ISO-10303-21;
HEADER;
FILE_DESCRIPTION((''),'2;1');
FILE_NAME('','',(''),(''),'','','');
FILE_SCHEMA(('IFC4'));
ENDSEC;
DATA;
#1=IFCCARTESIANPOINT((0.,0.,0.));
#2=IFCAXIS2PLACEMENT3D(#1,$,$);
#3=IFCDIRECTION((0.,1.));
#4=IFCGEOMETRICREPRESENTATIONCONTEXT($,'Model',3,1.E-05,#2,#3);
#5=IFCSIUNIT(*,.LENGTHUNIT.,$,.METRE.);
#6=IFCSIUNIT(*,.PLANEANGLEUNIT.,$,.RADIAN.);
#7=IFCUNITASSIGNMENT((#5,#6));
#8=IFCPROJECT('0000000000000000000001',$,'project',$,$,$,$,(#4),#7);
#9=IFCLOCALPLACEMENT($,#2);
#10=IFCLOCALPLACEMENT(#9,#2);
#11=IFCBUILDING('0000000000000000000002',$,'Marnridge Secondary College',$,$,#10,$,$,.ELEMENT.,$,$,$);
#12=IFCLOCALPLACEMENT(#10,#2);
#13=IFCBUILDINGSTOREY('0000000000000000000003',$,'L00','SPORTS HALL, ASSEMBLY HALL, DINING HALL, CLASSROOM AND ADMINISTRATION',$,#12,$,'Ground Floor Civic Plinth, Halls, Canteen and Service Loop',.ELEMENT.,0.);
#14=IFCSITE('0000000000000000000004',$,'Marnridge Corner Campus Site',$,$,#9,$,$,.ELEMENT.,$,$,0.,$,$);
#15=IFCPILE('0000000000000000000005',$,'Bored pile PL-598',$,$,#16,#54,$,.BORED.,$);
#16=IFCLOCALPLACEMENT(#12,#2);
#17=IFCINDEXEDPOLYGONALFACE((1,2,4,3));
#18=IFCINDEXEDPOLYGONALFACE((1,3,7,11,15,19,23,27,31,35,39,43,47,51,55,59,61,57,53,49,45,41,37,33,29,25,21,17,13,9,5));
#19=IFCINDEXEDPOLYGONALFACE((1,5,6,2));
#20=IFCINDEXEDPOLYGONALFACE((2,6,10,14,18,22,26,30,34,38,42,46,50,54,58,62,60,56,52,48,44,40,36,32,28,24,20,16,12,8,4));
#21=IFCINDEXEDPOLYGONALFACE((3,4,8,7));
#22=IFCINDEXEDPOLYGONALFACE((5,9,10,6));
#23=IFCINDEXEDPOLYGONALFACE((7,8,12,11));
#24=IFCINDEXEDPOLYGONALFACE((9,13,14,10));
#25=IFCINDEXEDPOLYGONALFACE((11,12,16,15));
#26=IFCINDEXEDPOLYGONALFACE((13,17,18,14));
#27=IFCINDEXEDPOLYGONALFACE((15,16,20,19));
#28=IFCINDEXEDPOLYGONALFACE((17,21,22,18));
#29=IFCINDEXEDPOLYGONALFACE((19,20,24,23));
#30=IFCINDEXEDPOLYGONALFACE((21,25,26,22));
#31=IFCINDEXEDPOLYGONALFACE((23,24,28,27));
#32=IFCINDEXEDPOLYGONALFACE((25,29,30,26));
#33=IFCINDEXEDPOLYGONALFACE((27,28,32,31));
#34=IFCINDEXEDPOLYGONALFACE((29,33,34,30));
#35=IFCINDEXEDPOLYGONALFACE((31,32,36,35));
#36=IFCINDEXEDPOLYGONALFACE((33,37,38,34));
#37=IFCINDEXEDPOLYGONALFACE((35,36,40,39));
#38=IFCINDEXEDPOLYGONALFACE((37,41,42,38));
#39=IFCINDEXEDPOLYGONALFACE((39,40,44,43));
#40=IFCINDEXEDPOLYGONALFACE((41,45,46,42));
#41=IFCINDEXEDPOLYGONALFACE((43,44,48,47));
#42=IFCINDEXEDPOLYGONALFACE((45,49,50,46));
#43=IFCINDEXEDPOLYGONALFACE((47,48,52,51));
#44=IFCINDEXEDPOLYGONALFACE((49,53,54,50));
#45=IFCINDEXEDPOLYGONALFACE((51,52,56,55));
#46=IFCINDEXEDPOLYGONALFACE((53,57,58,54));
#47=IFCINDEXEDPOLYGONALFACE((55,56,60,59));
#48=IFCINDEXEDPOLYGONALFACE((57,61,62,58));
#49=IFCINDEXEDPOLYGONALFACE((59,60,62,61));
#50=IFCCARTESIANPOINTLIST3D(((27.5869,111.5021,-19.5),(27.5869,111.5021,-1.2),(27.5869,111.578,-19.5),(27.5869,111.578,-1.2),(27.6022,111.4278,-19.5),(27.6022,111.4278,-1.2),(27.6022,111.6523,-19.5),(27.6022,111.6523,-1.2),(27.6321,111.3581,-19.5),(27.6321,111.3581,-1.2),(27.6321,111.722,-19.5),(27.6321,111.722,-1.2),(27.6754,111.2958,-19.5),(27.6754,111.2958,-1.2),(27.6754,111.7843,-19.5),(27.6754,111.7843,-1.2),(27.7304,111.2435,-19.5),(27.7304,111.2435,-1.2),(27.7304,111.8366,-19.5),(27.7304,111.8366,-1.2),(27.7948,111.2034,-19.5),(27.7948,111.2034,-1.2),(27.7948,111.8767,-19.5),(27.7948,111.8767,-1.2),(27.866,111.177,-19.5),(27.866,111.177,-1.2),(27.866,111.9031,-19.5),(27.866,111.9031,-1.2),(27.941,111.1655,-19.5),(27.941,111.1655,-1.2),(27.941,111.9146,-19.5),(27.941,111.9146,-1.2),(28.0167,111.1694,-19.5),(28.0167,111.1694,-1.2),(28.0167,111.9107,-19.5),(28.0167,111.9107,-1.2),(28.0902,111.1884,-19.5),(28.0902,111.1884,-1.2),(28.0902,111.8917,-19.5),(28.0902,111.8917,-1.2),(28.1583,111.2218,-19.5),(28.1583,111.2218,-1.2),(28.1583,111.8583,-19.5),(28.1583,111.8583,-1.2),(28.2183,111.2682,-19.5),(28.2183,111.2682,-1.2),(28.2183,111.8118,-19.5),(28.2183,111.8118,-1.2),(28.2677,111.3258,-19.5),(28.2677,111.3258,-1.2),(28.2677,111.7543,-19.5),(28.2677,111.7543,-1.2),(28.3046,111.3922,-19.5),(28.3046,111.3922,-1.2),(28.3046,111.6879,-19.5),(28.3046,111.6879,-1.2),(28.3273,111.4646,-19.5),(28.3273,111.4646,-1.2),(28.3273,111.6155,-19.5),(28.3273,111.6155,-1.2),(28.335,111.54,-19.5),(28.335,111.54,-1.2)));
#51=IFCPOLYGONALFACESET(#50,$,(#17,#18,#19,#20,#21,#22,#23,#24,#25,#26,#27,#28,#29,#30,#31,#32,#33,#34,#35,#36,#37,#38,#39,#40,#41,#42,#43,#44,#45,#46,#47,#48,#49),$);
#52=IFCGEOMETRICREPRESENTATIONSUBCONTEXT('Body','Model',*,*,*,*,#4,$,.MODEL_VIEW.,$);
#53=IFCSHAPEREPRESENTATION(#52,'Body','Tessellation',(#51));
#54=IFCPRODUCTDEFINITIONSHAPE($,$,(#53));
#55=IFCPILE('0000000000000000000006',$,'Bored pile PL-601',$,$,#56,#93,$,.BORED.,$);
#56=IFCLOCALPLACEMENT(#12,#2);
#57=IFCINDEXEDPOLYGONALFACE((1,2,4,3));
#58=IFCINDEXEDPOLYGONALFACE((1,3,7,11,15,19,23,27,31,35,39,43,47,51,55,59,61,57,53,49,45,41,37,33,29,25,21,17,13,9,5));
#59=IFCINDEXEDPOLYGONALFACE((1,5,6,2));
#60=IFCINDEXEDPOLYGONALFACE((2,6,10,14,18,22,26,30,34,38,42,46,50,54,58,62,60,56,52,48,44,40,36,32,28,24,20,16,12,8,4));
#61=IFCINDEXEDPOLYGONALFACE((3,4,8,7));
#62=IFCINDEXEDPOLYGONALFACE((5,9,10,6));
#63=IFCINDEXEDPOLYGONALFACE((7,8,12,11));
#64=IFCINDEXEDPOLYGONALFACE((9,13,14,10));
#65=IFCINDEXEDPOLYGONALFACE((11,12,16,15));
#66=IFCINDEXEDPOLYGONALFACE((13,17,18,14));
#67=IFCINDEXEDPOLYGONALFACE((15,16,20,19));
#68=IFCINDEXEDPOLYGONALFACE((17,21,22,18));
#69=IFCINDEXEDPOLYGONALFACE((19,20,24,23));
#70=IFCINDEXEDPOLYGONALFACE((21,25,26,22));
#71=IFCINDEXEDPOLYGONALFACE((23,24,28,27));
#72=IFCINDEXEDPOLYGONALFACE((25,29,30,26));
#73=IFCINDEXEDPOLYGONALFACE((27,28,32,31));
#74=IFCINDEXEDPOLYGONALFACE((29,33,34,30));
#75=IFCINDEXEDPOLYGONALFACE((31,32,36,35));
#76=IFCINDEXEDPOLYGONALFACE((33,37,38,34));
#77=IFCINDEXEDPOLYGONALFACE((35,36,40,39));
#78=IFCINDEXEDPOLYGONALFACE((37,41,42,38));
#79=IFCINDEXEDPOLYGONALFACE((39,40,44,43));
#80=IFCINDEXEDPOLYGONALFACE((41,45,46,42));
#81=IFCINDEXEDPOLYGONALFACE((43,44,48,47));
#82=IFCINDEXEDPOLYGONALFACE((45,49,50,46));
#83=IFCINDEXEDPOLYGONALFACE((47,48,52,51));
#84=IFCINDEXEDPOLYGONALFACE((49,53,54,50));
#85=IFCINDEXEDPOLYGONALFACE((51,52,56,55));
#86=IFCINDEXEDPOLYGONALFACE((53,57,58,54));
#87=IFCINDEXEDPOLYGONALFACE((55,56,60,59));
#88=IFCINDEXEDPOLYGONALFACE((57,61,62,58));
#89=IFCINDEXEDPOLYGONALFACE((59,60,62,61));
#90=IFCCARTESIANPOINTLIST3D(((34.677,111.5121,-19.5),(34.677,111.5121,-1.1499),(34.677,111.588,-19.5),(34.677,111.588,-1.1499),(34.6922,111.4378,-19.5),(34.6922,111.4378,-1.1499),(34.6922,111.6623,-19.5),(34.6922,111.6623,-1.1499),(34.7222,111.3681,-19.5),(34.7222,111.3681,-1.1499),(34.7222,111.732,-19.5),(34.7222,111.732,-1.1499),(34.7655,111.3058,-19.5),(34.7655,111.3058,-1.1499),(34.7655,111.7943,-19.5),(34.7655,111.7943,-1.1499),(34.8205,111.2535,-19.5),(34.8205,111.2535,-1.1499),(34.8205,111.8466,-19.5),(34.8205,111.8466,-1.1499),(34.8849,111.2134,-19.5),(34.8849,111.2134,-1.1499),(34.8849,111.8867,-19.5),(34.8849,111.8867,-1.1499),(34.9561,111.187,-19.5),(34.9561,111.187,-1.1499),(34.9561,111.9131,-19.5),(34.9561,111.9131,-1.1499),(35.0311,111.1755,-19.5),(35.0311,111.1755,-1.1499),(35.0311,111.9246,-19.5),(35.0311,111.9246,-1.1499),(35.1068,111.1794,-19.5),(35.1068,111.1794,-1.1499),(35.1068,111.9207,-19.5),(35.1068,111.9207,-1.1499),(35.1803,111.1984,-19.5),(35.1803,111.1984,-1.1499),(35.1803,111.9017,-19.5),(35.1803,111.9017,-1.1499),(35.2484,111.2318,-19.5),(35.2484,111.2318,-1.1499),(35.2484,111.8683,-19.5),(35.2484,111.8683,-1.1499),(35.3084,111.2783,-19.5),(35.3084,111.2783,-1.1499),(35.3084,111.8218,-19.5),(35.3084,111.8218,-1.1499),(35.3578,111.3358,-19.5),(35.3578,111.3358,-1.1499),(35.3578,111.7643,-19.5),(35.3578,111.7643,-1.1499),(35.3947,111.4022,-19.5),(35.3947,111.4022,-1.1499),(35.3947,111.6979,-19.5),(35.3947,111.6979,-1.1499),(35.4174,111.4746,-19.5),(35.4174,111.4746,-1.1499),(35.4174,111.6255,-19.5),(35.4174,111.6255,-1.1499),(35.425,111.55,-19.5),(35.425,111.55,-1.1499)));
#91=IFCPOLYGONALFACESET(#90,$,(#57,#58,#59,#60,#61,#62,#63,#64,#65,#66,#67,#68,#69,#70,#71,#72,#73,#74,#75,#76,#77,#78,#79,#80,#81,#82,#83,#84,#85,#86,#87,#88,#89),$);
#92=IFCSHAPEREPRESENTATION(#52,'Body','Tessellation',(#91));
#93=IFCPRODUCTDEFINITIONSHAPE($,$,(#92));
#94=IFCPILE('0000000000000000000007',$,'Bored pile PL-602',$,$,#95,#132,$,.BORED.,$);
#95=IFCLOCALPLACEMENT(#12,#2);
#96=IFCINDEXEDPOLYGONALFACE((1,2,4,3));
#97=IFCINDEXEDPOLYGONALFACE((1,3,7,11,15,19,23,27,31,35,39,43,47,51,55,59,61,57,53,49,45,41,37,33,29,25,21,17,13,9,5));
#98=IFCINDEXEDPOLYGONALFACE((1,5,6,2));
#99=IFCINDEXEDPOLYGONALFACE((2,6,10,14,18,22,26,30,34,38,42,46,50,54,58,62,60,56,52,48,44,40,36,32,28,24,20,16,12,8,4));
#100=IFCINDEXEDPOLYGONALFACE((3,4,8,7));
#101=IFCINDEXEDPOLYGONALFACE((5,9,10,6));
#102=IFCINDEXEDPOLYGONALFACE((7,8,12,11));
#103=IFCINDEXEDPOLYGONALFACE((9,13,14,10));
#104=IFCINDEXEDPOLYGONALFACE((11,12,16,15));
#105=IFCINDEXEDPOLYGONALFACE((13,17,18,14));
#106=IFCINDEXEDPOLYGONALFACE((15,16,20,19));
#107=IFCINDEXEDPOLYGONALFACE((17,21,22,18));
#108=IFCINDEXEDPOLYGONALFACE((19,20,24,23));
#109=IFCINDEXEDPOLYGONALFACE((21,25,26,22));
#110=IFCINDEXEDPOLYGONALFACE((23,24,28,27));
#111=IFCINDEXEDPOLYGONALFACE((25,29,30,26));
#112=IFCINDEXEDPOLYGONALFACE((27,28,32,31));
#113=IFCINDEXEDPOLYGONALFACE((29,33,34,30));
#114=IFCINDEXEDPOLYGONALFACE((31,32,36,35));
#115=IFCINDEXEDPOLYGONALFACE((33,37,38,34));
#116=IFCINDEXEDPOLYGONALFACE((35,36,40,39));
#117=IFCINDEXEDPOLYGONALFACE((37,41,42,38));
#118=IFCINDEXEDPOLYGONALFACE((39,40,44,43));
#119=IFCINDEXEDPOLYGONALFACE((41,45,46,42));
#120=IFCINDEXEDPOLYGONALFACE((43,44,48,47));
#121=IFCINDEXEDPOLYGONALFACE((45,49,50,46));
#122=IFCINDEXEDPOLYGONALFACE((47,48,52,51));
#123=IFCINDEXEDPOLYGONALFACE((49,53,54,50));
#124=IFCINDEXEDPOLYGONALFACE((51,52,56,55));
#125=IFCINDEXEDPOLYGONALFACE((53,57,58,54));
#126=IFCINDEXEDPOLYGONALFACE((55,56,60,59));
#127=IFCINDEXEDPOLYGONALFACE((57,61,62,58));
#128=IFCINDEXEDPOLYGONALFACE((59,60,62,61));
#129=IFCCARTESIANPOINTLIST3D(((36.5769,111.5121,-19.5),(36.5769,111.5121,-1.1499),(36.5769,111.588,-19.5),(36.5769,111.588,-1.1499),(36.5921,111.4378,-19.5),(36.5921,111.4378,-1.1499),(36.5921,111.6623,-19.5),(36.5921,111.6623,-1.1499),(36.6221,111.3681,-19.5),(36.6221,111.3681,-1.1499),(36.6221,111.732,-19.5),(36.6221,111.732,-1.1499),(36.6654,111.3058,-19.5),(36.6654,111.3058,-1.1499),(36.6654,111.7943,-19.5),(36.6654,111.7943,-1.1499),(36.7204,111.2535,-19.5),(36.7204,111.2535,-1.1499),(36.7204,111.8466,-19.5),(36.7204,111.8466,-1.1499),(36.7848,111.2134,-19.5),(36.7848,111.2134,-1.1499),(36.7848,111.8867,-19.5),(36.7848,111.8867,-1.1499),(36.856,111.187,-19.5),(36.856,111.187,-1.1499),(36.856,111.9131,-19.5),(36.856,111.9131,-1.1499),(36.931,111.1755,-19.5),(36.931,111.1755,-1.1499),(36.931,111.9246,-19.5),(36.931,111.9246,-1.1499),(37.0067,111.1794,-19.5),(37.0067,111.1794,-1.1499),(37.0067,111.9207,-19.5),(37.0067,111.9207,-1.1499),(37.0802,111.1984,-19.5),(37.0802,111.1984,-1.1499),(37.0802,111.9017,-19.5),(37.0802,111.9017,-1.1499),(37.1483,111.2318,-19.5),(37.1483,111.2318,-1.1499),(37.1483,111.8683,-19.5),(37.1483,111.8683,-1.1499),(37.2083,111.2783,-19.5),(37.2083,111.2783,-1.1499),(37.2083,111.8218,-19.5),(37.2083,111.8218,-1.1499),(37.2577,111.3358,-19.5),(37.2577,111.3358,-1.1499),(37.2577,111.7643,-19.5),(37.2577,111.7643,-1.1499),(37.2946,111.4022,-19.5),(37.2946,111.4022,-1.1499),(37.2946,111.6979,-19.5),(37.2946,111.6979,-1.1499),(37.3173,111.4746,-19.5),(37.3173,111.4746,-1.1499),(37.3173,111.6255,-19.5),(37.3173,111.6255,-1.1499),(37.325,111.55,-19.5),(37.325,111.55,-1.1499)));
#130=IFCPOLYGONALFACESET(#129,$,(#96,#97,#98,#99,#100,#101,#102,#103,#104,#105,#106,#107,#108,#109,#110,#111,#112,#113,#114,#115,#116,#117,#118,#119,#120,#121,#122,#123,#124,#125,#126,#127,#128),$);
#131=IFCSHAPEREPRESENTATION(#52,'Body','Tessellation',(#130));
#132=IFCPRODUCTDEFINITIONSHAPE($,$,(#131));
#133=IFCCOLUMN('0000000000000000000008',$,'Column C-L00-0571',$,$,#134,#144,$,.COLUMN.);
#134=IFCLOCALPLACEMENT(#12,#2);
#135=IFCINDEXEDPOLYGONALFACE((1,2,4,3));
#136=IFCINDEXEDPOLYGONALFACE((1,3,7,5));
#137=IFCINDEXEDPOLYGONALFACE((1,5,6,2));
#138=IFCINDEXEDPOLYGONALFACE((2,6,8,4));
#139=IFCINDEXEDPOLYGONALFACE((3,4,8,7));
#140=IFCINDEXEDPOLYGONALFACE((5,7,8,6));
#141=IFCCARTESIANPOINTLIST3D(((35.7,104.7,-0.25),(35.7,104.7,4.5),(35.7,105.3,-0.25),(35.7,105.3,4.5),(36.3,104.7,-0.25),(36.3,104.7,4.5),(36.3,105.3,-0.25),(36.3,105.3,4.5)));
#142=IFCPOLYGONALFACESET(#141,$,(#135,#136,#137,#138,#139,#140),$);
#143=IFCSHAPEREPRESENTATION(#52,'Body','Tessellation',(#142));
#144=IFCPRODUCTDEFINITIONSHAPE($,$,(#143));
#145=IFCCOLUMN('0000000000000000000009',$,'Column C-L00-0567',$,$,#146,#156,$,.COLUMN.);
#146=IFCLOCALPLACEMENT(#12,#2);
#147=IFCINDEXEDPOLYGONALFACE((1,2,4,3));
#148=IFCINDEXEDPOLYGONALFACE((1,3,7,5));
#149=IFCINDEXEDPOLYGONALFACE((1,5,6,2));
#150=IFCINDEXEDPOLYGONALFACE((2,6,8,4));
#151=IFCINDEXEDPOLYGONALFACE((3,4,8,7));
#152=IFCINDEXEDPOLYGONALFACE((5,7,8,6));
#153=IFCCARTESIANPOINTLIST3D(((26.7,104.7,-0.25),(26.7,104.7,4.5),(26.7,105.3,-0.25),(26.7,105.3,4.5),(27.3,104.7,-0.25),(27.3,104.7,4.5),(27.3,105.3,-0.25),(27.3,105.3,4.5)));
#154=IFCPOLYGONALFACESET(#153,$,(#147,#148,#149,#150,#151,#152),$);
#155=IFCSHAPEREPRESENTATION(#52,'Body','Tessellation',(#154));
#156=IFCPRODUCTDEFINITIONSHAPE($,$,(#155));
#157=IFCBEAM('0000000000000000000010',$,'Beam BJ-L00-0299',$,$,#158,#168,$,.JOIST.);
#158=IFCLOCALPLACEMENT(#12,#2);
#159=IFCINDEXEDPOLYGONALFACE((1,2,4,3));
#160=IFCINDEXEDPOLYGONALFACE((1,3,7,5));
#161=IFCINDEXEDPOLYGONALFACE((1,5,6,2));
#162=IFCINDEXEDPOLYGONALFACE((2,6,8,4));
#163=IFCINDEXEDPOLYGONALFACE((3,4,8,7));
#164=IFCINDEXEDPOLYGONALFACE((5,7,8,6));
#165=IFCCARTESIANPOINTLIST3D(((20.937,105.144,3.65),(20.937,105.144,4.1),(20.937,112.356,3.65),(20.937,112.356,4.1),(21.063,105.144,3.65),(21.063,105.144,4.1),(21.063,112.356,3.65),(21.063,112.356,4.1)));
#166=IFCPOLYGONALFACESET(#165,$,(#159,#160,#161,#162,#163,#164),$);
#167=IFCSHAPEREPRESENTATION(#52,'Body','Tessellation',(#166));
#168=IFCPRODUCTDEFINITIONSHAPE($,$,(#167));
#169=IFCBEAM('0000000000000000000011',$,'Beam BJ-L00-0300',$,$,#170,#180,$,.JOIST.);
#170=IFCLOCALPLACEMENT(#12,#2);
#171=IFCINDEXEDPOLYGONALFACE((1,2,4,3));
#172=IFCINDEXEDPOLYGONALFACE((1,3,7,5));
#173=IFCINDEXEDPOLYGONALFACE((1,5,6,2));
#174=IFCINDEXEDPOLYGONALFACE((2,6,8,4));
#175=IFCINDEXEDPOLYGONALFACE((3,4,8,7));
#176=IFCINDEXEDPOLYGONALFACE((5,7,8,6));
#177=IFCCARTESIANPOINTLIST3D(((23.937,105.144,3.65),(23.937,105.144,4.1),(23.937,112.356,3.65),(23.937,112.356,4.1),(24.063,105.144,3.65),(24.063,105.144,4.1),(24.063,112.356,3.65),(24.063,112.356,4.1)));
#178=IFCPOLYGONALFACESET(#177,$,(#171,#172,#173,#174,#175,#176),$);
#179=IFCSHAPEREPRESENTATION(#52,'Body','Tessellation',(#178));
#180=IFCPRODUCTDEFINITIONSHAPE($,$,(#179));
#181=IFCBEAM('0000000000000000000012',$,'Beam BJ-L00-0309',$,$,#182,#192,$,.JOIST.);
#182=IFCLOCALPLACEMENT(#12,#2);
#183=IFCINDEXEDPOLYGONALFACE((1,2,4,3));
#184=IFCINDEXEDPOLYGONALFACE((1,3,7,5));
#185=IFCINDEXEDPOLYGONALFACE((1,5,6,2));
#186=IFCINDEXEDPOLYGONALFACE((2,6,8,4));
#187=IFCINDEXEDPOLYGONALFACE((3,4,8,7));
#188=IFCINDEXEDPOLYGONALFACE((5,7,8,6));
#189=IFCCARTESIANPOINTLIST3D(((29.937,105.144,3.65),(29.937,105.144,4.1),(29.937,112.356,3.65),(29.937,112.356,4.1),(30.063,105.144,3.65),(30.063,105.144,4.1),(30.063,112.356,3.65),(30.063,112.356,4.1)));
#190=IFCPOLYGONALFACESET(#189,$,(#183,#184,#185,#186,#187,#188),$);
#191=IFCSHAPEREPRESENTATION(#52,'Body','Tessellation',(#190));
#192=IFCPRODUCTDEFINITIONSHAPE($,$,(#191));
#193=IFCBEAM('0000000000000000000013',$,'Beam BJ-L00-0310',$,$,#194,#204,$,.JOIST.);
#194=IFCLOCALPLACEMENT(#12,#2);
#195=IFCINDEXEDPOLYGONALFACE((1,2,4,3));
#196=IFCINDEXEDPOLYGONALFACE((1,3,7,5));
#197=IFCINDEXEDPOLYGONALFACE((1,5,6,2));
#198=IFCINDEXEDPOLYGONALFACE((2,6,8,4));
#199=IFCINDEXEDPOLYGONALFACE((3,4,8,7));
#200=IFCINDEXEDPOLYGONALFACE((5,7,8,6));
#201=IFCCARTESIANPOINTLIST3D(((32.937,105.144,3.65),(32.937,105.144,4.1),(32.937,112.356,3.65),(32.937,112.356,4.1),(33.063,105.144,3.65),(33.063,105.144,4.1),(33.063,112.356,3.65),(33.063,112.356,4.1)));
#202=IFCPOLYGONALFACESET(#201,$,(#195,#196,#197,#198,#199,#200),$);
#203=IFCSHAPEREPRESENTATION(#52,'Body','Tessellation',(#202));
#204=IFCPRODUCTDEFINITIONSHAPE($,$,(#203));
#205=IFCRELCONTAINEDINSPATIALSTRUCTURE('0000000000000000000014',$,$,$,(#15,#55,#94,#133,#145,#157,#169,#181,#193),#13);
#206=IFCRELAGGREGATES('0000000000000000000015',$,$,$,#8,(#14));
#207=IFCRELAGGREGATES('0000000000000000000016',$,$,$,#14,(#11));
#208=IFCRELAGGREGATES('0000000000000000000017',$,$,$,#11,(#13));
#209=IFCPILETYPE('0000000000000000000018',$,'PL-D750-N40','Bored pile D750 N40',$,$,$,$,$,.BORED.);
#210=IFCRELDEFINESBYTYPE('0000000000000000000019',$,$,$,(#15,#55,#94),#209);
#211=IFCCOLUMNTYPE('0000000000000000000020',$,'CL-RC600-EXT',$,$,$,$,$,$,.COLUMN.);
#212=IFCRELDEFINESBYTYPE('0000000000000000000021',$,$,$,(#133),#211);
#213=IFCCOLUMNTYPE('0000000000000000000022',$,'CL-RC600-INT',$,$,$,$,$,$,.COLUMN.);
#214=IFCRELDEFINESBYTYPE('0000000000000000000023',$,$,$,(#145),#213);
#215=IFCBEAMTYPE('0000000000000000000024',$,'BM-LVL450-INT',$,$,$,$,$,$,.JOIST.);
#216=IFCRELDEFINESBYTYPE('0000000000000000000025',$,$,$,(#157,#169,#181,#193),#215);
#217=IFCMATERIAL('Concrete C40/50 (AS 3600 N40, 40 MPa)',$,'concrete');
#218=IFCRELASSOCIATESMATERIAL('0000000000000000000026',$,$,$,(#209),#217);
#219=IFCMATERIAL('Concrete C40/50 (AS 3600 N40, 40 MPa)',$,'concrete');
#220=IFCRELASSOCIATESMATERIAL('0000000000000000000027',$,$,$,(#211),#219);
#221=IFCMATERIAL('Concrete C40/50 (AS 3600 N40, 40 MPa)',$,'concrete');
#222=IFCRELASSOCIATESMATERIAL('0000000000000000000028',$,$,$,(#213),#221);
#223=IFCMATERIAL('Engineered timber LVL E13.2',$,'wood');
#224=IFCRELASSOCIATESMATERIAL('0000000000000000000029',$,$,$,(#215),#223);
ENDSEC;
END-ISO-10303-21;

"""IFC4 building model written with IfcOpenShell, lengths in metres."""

from ifc_helpers import new_model, si_unit, direction, frame, origin, origin_2d, place, context, subcontext, project, spatial, rectangle, circle, extrude, material, material_profile, profile_set, type_object, element, save


model = new_model("IFC4")

# Units and contexts
model_context = context("Model", 3, precision=1e-05, world=origin(), true_north=direction((0.0, 1.0)))
body_context = subcontext(model_context, "Body", "Model", "MODEL_VIEW")
ifc_project = project(units=[si_unit("LENGTHUNIT", "METRE"), si_unit("PLANEANGLEUNIT", "RADIAN")], contexts=[model_context])

# Site, building, storey
site_placement = place(None, origin())
site = spatial("IfcSite", under=ifc_project, at=site_placement, Name="Marnridge Corner Campus Site", CompositionType="ELEMENT", RefElevation=0.0)
building_placement = place(site_placement, origin())
building = spatial("IfcBuilding", under=site, at=building_placement, Name="Marnridge Secondary College", CompositionType="ELEMENT")
storey_placement = place(building_placement, origin())
storey = spatial("IfcBuildingStorey", under=building, at=storey_placement, Name="L00", Description="SPORTS HALL, ASSEMBLY HALL, DINING HALL, CLASSROOM AND ADMINISTRATION", LongName="Ground Floor Civic Plinth, Halls, Canteen and Service Loop", CompositionType="ELEMENT", Elevation=0.0)

# Piles
ifc_material_1 = material(Name="Concrete C40/50 (AS 3600 N40, 40 MPa)", Category="concrete")
ifc_material_profile_1 = material_profile(ifc_material_1, circle(Radius=0.375, at=origin_2d()), Name="PILE D750")
ifc_profile_set_1 = profile_set([ifc_material_profile_1], Name="Concrete C40/50 (AS 3600 N40, 40 MPa)")
pile_type = type_object("IfcPileType", Name="PL-D750-N40", Description="Bored pile D750 N40", PredefinedType="BORED", material=ifc_profile_set_1)
for number, where, z_axis, x_axis, name in (
    (1, (27.96, 111.54, -1.2), (0.0, 0.0, -1.0), (1.0, 0.0, 0.0), "Bored pile PL-598"),
):
    element("IfcPile", number, at=place(storey_placement, frame(where, z_axis=z_axis, x_axis=x_axis)), inside=storey, type_object=pile_type, Name=name, PredefinedType="BORED", context=body_context, shape_type="SweptSolid", body=[
        extrude(circle(Radius=0.375, at=origin_2d()), origin(), (0.0, 0.0, 1.0), 18.3),
    ])
for number, where, z_axis, x_axis, name in (
    (2, (35.05, 111.55, -1.1499), (0.0, 0.0, -1.0), (1.0, 0.0, 0.0), "Bored pile PL-601"),
    (3, (36.95, 111.55, -1.1499), (0.0, 0.0, -1.0), (1.0, 0.0, 0.0), "Bored pile PL-602"),
):
    element("IfcPile", number, at=place(storey_placement, frame(where, z_axis=z_axis, x_axis=x_axis)), inside=storey, type_object=pile_type, Name=name, PredefinedType="BORED", context=body_context, shape_type="SweptSolid", body=[
        extrude(circle(Radius=0.375, at=origin_2d()), origin(), (0.0, 0.0, 1.0), 18.3501),
    ])

# Columns
ifc_material_2 = material(Name="Concrete C40/50 (AS 3600 N40, 40 MPa)", Category="concrete")
ifc_material_profile_2 = material_profile(ifc_material_2, rectangle(XDim=0.6001, YDim=0.6001, at=origin_2d()), Name="RC 600x600")
ifc_profile_set_2 = profile_set([ifc_material_profile_2], Name="Concrete C40/50 (AS 3600 N40, 40 MPa)")
column_type_1 = type_object("IfcColumnType", Name="CL-RC600-EXT", PredefinedType="COLUMN", material=ifc_profile_set_2)
column_1_placement = place(storey_placement, frame((36.0, 105.0, -0.25), z_axis=(0.0, 0.0, 1.0), x_axis=(1.0, 0.0, 0.0)))
element("IfcColumn", 4, at=column_1_placement, inside=storey, type_object=column_type_1, Name="Column C-L00-0571", PredefinedType="COLUMN", context=body_context, shape_type="SweptSolid", body=[
    extrude(rectangle(XDim=0.6001, YDim=0.6001, at=origin_2d()), origin(), (0.0, 0.0, 1.0), 4.75),
])
ifc_material_3 = material(Name="Concrete C40/50 (AS 3600 N40, 40 MPa)", Category="concrete")
ifc_material_profile_3 = material_profile(ifc_material_3, rectangle(XDim=0.6001, YDim=0.6001, at=origin_2d()), Name="RC 600x600")
ifc_profile_set_3 = profile_set([ifc_material_profile_3], Name="Concrete C40/50 (AS 3600 N40, 40 MPa)")
column_type_2 = type_object("IfcColumnType", Name="CL-RC600-INT", PredefinedType="COLUMN", material=ifc_profile_set_3)
column_2_placement = place(storey_placement, frame((27.0, 105.0, -0.25), z_axis=(0.0, 0.0, 1.0), x_axis=(1.0, 0.0, 0.0)))
element("IfcColumn", 5, at=column_2_placement, inside=storey, type_object=column_type_2, Name="Column C-L00-0567", PredefinedType="COLUMN", context=body_context, shape_type="SweptSolid", body=[
    extrude(rectangle(XDim=0.6001, YDim=0.6001, at=origin_2d()), origin(), (0.0, 0.0, 1.0), 4.75),
])

# Beams
ifc_material_4 = material(Name="Engineered timber LVL E13.2", Category="wood")
ifc_material_profile_4 = material_profile(ifc_material_4, rectangle(XDim=0.126, YDim=0.45, at=origin_2d()), Name="LVL 126x450")
ifc_profile_set_4 = profile_set([ifc_material_profile_4], Name="Engineered timber LVL E13.2")
beam_type_1 = type_object("IfcBeamType", Name="BM-LVL450-INT", PredefinedType="JOIST", material=ifc_profile_set_4)
for number, where, z_axis, x_axis, name in (
    (6, (21.0, 105.144, 3.875), (0.0, 1.0, 0.0), (-1.0, 0.0, 0.0), "Beam BJ-L00-0299"),
    (7, (24.0, 105.144, 3.875), (0.0, 1.0, 0.0), (-1.0, 0.0, 0.0), "Beam BJ-L00-0300"),
    (8, (30.0, 105.144, 3.875), (0.0, 1.0, 0.0), (-1.0, 0.0, 0.0), "Beam BJ-L00-0309"),
    (9, (33.0, 105.144, 3.875), (0.0, 1.0, 0.0), (-1.0, 0.0, 0.0), "Beam BJ-L00-0310"),
):
    element("IfcBeam", number, at=place(storey_placement, frame(where, z_axis=z_axis, x_axis=x_axis)), inside=storey, type_object=beam_type_1, Name=name, PredefinedType="JOIST", context=body_context, shape_type="SweptSolid", body=[
        extrude(rectangle(XDim=0.126, YDim=0.45, at=origin_2d()), origin(), (0.0, 0.0, 1.0), 7.2119),
    ])

save(model, "model.ifc")
